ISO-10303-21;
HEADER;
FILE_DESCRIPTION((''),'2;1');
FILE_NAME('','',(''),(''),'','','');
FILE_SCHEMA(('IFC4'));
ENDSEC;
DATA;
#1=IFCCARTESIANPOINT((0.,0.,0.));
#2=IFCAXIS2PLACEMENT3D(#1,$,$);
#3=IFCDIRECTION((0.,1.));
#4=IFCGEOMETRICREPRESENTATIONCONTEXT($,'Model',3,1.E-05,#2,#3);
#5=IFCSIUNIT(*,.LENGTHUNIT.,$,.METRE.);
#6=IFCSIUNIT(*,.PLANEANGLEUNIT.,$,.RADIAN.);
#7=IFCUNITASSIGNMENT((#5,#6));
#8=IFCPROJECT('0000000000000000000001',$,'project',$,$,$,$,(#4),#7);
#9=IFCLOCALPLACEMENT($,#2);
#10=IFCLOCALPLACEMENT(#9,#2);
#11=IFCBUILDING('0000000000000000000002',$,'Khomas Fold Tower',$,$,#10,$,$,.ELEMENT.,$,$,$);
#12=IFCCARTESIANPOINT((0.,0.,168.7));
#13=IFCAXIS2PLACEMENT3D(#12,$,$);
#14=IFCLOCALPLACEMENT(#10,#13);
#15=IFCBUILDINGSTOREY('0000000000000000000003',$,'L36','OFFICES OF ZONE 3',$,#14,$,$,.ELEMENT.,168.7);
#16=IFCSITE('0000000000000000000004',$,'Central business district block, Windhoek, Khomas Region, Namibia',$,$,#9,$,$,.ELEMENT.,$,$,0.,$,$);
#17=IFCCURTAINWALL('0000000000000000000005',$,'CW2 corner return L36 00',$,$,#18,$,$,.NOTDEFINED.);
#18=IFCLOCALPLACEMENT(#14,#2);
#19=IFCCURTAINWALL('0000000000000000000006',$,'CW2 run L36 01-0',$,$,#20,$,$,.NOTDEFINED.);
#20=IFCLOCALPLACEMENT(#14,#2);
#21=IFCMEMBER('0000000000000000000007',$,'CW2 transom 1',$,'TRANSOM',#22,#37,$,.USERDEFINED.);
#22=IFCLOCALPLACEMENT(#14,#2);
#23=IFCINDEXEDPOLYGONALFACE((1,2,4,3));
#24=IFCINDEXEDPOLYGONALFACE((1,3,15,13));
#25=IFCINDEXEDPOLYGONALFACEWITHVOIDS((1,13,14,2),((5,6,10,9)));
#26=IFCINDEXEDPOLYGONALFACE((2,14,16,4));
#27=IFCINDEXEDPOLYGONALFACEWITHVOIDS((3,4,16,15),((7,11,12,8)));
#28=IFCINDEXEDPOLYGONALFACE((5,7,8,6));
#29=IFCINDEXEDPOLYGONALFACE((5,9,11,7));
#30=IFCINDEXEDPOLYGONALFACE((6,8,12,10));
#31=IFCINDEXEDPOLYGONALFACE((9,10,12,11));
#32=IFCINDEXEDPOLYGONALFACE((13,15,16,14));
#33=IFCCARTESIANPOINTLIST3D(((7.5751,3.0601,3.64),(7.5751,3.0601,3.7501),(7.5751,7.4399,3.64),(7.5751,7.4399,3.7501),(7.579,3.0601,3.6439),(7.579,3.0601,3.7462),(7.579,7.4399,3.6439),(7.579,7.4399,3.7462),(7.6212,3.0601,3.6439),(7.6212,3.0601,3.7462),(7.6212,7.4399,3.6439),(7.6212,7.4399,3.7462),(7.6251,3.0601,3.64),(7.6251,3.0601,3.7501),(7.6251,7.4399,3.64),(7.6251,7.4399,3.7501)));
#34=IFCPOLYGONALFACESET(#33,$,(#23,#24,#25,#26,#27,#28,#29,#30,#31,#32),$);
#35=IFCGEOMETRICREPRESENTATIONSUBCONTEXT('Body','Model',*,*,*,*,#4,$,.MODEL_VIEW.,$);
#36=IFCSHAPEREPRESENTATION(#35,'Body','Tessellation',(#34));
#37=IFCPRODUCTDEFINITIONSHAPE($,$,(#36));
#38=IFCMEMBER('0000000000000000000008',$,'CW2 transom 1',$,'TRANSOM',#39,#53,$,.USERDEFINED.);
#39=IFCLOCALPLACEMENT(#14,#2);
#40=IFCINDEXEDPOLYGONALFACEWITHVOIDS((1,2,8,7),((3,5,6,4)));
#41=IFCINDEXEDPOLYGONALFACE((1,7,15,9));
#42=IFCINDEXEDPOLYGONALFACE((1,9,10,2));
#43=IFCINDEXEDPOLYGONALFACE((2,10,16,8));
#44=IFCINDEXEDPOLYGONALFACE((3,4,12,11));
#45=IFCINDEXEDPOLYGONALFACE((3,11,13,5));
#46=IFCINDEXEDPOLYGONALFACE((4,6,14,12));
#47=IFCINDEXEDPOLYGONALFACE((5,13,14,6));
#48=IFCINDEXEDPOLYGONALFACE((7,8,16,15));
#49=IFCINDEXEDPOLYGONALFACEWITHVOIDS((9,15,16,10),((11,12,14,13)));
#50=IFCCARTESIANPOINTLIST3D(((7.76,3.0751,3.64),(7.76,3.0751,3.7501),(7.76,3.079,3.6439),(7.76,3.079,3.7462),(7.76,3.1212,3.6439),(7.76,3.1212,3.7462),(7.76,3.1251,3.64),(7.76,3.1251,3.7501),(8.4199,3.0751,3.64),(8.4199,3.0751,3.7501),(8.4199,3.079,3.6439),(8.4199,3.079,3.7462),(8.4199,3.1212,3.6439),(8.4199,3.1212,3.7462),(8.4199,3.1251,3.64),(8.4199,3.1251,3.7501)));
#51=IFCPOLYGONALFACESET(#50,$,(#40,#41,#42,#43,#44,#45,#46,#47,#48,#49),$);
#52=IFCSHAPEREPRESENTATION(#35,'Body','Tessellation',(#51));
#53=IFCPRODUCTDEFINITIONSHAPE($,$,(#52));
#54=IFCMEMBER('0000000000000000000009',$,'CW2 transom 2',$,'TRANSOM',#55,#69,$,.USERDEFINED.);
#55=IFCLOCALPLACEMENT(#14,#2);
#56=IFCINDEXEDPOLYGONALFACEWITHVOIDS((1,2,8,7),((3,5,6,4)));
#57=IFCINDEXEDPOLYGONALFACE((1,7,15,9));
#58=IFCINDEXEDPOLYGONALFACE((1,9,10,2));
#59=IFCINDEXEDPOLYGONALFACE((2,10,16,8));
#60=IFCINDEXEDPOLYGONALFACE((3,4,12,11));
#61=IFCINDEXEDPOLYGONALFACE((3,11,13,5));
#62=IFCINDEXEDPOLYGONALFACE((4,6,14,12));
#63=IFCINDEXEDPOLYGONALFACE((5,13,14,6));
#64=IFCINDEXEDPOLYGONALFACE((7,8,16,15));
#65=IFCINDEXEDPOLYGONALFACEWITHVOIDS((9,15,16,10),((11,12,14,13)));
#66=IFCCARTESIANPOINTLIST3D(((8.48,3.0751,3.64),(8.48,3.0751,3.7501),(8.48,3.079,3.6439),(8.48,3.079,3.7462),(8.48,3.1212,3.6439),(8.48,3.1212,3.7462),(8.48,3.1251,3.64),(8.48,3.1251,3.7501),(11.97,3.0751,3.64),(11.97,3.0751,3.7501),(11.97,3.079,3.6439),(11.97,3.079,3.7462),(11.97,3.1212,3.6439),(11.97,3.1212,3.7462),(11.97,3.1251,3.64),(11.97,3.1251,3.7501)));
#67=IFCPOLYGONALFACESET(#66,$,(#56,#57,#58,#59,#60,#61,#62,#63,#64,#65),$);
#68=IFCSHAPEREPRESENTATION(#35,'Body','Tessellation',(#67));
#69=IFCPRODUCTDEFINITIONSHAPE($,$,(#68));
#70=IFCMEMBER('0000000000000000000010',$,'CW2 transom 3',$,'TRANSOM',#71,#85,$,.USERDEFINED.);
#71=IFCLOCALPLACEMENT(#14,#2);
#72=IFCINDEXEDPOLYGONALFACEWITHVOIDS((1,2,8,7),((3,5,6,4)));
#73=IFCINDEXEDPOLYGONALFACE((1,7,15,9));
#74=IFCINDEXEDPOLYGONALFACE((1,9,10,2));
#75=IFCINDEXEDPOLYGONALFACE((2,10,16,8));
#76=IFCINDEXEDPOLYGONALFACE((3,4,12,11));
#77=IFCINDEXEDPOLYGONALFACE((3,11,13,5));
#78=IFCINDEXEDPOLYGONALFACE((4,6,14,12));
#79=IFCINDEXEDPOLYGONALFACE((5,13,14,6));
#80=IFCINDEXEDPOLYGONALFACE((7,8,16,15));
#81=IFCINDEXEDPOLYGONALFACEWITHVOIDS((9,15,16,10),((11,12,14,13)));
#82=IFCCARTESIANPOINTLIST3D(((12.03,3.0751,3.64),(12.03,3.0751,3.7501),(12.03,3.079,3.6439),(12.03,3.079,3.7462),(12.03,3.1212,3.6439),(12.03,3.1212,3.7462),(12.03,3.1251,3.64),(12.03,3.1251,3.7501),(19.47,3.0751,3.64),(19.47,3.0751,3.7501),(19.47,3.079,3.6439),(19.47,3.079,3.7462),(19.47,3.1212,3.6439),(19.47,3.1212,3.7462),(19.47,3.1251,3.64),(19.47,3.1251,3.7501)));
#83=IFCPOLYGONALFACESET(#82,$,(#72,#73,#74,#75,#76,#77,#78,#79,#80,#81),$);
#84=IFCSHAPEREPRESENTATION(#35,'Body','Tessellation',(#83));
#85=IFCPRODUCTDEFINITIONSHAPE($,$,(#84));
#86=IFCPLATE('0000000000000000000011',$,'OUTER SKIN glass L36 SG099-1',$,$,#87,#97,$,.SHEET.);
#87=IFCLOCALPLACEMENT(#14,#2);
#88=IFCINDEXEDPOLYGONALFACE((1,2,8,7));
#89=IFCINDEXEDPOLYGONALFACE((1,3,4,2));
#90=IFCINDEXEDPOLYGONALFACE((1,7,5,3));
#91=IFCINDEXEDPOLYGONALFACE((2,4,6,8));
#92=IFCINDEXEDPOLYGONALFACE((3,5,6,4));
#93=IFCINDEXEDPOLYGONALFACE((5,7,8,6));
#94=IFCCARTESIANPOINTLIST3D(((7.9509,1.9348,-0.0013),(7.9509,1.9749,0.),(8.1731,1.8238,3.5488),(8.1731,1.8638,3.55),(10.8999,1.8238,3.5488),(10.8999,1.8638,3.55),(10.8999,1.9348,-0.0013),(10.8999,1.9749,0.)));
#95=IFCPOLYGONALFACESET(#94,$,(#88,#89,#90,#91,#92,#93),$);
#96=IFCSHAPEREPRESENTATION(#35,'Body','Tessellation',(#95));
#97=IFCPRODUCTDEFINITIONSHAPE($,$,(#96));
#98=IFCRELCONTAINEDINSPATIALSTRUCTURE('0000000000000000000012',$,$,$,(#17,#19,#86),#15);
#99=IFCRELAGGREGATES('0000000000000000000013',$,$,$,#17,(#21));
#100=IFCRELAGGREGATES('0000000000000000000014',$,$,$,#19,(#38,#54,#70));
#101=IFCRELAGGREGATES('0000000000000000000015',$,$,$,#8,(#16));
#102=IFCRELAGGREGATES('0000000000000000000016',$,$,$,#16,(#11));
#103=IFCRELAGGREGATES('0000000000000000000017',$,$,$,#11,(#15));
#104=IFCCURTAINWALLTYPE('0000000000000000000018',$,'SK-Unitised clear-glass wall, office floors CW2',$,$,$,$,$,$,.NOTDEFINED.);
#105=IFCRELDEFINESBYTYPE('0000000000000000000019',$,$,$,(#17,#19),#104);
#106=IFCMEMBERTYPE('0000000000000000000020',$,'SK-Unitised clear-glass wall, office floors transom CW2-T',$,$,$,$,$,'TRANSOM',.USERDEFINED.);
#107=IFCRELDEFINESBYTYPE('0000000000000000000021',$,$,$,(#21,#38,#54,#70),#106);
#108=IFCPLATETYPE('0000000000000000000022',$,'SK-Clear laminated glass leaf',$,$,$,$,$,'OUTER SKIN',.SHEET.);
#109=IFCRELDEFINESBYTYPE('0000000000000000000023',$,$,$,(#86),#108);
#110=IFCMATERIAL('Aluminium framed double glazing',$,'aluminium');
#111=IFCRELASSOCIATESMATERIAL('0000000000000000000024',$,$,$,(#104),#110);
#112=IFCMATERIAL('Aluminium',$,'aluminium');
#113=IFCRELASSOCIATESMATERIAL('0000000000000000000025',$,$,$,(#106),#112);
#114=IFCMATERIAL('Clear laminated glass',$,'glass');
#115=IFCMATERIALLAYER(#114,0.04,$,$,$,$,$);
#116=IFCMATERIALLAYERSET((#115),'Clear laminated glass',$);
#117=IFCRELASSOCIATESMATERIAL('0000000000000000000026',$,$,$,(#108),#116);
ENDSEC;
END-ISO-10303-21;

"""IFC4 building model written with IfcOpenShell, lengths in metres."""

from ifc_helpers import new_model, si_unit, direction, frame, origin, origin_2d, place, context, subcontext, project, spatial, polyline, hollow_rectangle, outline, extrude, source, transform, mapped, material, layer, layer_set, material_profile, profile_set, type_object, element, aggregate, save


model = new_model("IFC4")

# Units and contexts
model_context = context("Model", 3, precision=1e-05, world=origin(), true_north=direction((0.0, 1.0)))
body_context = subcontext(model_context, "Body", "Model", "MODEL_VIEW")
ifc_project = project(units=[si_unit("LENGTHUNIT", "METRE"), si_unit("PLANEANGLEUNIT", "RADIAN")], contexts=[model_context])

# Site, building, storey
site_placement = place(None, origin())
site = spatial("IfcSite", under=ifc_project, at=site_placement, Name="Central business district block, Windhoek, Khomas Region, Namibia", CompositionType="ELEMENT", RefElevation=0.0)
building_placement = place(site_placement, origin())
building = spatial("IfcBuilding", under=site, at=building_placement, Name="Khomas Fold Tower", CompositionType="ELEMENT")
storey_placement = place(building_placement, frame((0.0, 0.0, 168.7)))
storey = spatial("IfcBuildingStorey", under=building, at=storey_placement, Name="L36", Description="OFFICES OF ZONE 3", CompositionType="ELEMENT", Elevation=168.7)

# Curtain wall
ifc_material_1 = material(Name="Aluminium framed double glazing", Category="aluminium")
curtain_wall_type = type_object("IfcCurtainWallType", Name="SK-Unitised clear-glass wall, office floors CW2", PredefinedType="NOTDEFINED", material=ifc_material_1)
curtain_wall_1_placement = place(storey_placement, origin())
curtain_wall_1 = element("IfcCurtainWall", 1, at=curtain_wall_1_placement, inside=storey, type_object=curtain_wall_type, Name="CW2 corner return L36 00", PredefinedType="NOTDEFINED")

# Curtain wall
curtain_wall_2_placement = place(storey_placement, origin())
curtain_wall_2 = element("IfcCurtainWall", 2, at=curtain_wall_2_placement, inside=storey, type_object=curtain_wall_type, Name="CW2 run L36 01-0", PredefinedType="NOTDEFINED")

# Members
ifc_material_2 = material(Name="Aluminium", Category="aluminium")
ifc_material_profile_1 = material_profile(ifc_material_2, hollow_rectangle(XDim=0.05, YDim=0.1101, WallThickness=0.0039, at=origin_2d()), Name="SK-Unitised clear-glass wall, office floors transom CW2-T")
ifc_profile_set_1 = profile_set([ifc_material_profile_1], Name="Aluminium")
member_type_1 = type_object("IfcMemberType", Name="SK-Unitised clear-glass wall, office floors transom CW2-T", ElementType="TRANSOM", PredefinedType="USERDEFINED", material=ifc_profile_set_1)
shared_shape_1 = source(origin(), body_context, "Body", "SweptSolid", [
    extrude(hollow_rectangle(XDim=0.05, YDim=0.1101, WallThickness=0.0039, at=origin_2d()), origin(), (0.0, 0.0, 1.0), 4.3799),
])
member_1_placement = place(storey_placement, frame((7.6001, 7.4399, 3.6951), z_axis=(0.0, -1.0, 0.0), x_axis=(1.0, 0.0, 0.0)))
member_1 = element("IfcMember", 3, at=member_1_placement, type_object=member_type_1, Name="CW2 transom 1", ObjectType="TRANSOM", PredefinedType="USERDEFINED", context=body_context, shape_type="MappedRepresentation", body=[
    mapped(shared_shape_1, transform((0.0, 0.0, 0.0))),
])
shared_shape_2 = source(origin(), body_context, "Body", "SweptSolid", [
    extrude(hollow_rectangle(XDim=0.05, YDim=0.1101, WallThickness=0.0039, at=origin_2d()), origin(), (0.0, 0.0, 1.0), 0.6599),
])
member_2_placement = place(storey_placement, frame((7.76, 3.1001, 3.6951), z_axis=(1.0, 0.0, 0.0), x_axis=(0.0, 1.0, 0.0)))
member_2 = element("IfcMember", 4, at=member_2_placement, type_object=member_type_1, Name="CW2 transom 1", ObjectType="TRANSOM", PredefinedType="USERDEFINED", context=body_context, shape_type="MappedRepresentation", body=[
    mapped(shared_shape_2, transform((0.0, 0.0, 0.0))),
])
shared_shape_3 = source(origin(), body_context, "Body", "SweptSolid", [
    extrude(hollow_rectangle(XDim=0.05, YDim=0.1101, WallThickness=0.0039, at=origin_2d()), origin(), (0.0, 0.0, 1.0), 3.49),
])
member_3_placement = place(storey_placement, frame((8.48, 3.1001, 3.6951), z_axis=(1.0, 0.0, 0.0), x_axis=(0.0, 1.0, 0.0)))
member_3 = element("IfcMember", 5, at=member_3_placement, type_object=member_type_1, Name="CW2 transom 2", ObjectType="TRANSOM", PredefinedType="USERDEFINED", context=body_context, shape_type="MappedRepresentation", body=[
    mapped(shared_shape_3, transform((0.0, 0.0, 0.0))),
])
shared_shape_4 = source(origin(), body_context, "Body", "SweptSolid", [
    extrude(hollow_rectangle(XDim=0.05, YDim=0.1101, WallThickness=0.0039, at=origin_2d()), origin(), (0.0, 0.0, 1.0), 7.4399),
])
member_4_placement = place(storey_placement, frame((12.03, 3.1001, 3.6951), z_axis=(1.0, 0.0, 0.0), x_axis=(0.0, 1.0, 0.0)))
member_4 = element("IfcMember", 6, at=member_4_placement, type_object=member_type_1, Name="CW2 transom 3", ObjectType="TRANSOM", PredefinedType="USERDEFINED", context=body_context, shape_type="MappedRepresentation", body=[
    mapped(shared_shape_4, transform((0.0, 0.0, 0.0))),
])

# Plate
ifc_material_3 = material(Name="Clear laminated glass", Category="glass")
ifc_layer_1 = layer(ifc_material_3, 0.04)
ifc_layer_set_1 = layer_set([ifc_layer_1], Name="Clear laminated glass")
plate_type_1 = type_object("IfcPlateType", Name="SK-Clear laminated glass leaf", ElementType="OUTER SKIN", PredefinedType="SHEET", material=ifc_layer_set_1)
plate_1_placement = place(storey_placement, frame((10.8999, 1.9749, 0.0), z_axis=(0.0, 0.999511, 0.031276), x_axis=(-1.0, 0.0, 0.0)))
element("IfcPlate", 7, at=plate_1_placement, inside=storey, type_object=plate_type_1, Name="OUTER SKIN glass L36 SG099-1", PredefinedType="SHEET", context=body_context, shape_type="SweptSolid", body=[
    extrude(outline(polyline([(0.0, 0.0), (2.949, 0.0), (2.7268, 3.5518), (0.0, 3.5518), (0.0, 0.0)])), origin(), (0.0, 0.0, -1.0), 0.04),
])

aggregate(curtain_wall_1, [member_1])
aggregate(curtain_wall_2, [member_2, member_3, member_4])

save(model, "model.ifc")
